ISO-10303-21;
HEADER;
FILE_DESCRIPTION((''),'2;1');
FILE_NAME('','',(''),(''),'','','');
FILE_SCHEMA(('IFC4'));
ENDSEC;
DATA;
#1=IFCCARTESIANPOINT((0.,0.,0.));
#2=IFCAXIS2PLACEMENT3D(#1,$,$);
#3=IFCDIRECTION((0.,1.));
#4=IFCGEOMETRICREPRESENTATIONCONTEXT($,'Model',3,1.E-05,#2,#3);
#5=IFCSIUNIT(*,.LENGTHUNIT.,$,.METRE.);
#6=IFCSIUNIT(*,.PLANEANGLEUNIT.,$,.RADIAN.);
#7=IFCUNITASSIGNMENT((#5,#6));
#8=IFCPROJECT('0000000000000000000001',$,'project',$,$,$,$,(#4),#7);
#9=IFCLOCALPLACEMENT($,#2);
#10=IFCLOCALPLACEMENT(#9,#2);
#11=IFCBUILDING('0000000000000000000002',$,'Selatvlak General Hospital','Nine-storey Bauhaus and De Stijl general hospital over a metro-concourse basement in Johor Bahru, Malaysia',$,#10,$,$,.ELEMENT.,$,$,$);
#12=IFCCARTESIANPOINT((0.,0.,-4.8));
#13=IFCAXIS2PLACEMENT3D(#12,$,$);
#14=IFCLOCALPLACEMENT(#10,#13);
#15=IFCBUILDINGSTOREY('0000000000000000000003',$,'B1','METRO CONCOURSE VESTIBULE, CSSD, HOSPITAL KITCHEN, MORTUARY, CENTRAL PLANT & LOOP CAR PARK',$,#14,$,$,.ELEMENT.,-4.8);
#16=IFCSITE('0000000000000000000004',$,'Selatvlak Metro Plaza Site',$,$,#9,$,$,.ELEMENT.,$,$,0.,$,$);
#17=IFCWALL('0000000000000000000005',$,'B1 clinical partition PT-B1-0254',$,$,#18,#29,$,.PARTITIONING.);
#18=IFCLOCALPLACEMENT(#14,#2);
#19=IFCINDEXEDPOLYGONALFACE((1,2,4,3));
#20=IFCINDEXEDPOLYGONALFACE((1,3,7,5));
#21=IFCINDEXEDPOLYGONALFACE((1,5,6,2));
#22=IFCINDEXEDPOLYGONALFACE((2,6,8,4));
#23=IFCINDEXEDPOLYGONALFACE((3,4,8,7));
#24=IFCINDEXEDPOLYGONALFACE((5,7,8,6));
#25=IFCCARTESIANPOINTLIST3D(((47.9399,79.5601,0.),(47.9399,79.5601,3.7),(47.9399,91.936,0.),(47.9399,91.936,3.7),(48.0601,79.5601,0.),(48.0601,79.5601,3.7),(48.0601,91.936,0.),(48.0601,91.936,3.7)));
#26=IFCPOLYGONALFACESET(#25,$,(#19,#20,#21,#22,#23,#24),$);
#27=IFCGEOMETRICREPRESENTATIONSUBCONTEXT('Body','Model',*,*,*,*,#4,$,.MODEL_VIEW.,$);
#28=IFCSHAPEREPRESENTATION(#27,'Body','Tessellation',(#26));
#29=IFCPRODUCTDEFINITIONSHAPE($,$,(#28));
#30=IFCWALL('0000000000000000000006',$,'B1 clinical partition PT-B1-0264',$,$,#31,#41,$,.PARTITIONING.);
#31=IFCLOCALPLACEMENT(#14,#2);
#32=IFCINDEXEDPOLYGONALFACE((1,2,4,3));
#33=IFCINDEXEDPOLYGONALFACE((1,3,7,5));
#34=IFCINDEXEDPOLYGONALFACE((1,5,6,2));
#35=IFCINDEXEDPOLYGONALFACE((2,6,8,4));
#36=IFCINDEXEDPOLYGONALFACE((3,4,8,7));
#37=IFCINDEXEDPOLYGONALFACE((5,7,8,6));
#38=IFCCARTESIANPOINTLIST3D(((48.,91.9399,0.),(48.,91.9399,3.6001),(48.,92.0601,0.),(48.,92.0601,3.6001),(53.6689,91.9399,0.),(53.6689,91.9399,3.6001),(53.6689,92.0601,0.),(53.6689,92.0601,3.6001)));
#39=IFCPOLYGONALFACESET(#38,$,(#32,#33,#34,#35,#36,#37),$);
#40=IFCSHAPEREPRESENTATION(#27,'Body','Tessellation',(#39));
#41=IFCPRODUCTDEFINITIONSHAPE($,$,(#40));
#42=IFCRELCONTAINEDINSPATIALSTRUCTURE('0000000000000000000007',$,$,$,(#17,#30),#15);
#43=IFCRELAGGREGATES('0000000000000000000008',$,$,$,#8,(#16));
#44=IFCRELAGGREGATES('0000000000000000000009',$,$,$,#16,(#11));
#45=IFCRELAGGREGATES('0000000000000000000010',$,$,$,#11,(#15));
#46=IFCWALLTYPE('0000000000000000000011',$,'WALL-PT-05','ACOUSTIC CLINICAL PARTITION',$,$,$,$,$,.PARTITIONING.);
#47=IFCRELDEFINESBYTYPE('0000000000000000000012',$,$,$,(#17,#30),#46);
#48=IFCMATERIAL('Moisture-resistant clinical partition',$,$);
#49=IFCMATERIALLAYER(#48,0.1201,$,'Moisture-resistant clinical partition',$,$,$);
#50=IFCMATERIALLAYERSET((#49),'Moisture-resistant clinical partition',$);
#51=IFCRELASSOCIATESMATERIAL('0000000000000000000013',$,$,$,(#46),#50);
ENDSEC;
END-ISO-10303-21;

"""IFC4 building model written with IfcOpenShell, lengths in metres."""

from ifc_helpers import new_model, si_unit, direction, frame, frame_2d, origin, place, context, subcontext, project, spatial, rectangle, extrude, material, layer, layer_set, type_object, element, save


model = new_model("IFC4")

# Units and contexts
model_context = context("Model", 3, precision=1e-05, world=origin(), true_north=direction((0.0, 1.0)))
body_context = subcontext(model_context, "Body", "Model", "MODEL_VIEW")
ifc_project = project(units=[si_unit("LENGTHUNIT", "METRE"), si_unit("PLANEANGLEUNIT", "RADIAN")], contexts=[model_context])

# Site, building, storey
site_placement = place(None, origin())
site = spatial("IfcSite", under=ifc_project, at=site_placement, Name="Selatvlak Metro Plaza Site", CompositionType="ELEMENT", RefElevation=0.0)
building_placement = place(site_placement, origin())
building = spatial("IfcBuilding", under=site, at=building_placement, Name="Selatvlak General Hospital", Description="Nine-storey Bauhaus and De Stijl general hospital over a metro-concourse basement in Johor Bahru, Malaysia", CompositionType="ELEMENT")
storey_placement = place(building_placement, frame((0.0, 0.0, -4.8)))
storey = spatial("IfcBuildingStorey", under=building, at=storey_placement, Name="B1", Description="METRO CONCOURSE VESTIBULE, CSSD, HOSPITAL KITCHEN, MORTUARY, CENTRAL PLANT & LOOP CAR PARK", CompositionType="ELEMENT", Elevation=-4.8)

# Walls
ifc_material_1 = material(Name="Moisture-resistant clinical partition")
ifc_layer_1 = layer(ifc_material_1, 0.1201, Name="Moisture-resistant clinical partition")
ifc_layer_set_1 = layer_set([ifc_layer_1], Name="Moisture-resistant clinical partition")
wall_type_1 = type_object("IfcWallType", Name="WALL-PT-05", Description="ACOUSTIC CLINICAL PARTITION", PredefinedType="PARTITIONING", material=ifc_layer_set_1)
wall_1_placement = place(storey_placement, frame((48.0, 91.936, 0.0), z_axis=(0.0, 0.0, 1.0), x_axis=(0.0, -1.0, 0.0)))
element("IfcWall", 1, at=wall_1_placement, inside=storey, type_object=wall_type_1, Name="B1 clinical partition PT-B1-0254", PredefinedType="PARTITIONING", context=body_context, shape_type="SweptSolid", body=[
    extrude(rectangle(XDim=12.376, YDim=0.1201, at=frame_2d((6.188, 0.0))), origin(), (0.0, 0.0, 1.0), 3.7),
])
wall_2_placement = place(storey_placement, frame((48.0, 92.0, 0.0), z_axis=(0.0, 0.0, 1.0), x_axis=(1.0, 0.0, 0.0)))
element("IfcWall", 2, at=wall_2_placement, inside=storey, type_object=wall_type_1, Name="B1 clinical partition PT-B1-0264", PredefinedType="PARTITIONING", context=body_context, shape_type="SweptSolid", body=[
    extrude(rectangle(XDim=5.6689, YDim=0.1201, at=frame_2d((2.8345, 0.0))), origin(), (0.0, 0.0, 1.0), 3.6001),
])

save(model, "model.ifc")
